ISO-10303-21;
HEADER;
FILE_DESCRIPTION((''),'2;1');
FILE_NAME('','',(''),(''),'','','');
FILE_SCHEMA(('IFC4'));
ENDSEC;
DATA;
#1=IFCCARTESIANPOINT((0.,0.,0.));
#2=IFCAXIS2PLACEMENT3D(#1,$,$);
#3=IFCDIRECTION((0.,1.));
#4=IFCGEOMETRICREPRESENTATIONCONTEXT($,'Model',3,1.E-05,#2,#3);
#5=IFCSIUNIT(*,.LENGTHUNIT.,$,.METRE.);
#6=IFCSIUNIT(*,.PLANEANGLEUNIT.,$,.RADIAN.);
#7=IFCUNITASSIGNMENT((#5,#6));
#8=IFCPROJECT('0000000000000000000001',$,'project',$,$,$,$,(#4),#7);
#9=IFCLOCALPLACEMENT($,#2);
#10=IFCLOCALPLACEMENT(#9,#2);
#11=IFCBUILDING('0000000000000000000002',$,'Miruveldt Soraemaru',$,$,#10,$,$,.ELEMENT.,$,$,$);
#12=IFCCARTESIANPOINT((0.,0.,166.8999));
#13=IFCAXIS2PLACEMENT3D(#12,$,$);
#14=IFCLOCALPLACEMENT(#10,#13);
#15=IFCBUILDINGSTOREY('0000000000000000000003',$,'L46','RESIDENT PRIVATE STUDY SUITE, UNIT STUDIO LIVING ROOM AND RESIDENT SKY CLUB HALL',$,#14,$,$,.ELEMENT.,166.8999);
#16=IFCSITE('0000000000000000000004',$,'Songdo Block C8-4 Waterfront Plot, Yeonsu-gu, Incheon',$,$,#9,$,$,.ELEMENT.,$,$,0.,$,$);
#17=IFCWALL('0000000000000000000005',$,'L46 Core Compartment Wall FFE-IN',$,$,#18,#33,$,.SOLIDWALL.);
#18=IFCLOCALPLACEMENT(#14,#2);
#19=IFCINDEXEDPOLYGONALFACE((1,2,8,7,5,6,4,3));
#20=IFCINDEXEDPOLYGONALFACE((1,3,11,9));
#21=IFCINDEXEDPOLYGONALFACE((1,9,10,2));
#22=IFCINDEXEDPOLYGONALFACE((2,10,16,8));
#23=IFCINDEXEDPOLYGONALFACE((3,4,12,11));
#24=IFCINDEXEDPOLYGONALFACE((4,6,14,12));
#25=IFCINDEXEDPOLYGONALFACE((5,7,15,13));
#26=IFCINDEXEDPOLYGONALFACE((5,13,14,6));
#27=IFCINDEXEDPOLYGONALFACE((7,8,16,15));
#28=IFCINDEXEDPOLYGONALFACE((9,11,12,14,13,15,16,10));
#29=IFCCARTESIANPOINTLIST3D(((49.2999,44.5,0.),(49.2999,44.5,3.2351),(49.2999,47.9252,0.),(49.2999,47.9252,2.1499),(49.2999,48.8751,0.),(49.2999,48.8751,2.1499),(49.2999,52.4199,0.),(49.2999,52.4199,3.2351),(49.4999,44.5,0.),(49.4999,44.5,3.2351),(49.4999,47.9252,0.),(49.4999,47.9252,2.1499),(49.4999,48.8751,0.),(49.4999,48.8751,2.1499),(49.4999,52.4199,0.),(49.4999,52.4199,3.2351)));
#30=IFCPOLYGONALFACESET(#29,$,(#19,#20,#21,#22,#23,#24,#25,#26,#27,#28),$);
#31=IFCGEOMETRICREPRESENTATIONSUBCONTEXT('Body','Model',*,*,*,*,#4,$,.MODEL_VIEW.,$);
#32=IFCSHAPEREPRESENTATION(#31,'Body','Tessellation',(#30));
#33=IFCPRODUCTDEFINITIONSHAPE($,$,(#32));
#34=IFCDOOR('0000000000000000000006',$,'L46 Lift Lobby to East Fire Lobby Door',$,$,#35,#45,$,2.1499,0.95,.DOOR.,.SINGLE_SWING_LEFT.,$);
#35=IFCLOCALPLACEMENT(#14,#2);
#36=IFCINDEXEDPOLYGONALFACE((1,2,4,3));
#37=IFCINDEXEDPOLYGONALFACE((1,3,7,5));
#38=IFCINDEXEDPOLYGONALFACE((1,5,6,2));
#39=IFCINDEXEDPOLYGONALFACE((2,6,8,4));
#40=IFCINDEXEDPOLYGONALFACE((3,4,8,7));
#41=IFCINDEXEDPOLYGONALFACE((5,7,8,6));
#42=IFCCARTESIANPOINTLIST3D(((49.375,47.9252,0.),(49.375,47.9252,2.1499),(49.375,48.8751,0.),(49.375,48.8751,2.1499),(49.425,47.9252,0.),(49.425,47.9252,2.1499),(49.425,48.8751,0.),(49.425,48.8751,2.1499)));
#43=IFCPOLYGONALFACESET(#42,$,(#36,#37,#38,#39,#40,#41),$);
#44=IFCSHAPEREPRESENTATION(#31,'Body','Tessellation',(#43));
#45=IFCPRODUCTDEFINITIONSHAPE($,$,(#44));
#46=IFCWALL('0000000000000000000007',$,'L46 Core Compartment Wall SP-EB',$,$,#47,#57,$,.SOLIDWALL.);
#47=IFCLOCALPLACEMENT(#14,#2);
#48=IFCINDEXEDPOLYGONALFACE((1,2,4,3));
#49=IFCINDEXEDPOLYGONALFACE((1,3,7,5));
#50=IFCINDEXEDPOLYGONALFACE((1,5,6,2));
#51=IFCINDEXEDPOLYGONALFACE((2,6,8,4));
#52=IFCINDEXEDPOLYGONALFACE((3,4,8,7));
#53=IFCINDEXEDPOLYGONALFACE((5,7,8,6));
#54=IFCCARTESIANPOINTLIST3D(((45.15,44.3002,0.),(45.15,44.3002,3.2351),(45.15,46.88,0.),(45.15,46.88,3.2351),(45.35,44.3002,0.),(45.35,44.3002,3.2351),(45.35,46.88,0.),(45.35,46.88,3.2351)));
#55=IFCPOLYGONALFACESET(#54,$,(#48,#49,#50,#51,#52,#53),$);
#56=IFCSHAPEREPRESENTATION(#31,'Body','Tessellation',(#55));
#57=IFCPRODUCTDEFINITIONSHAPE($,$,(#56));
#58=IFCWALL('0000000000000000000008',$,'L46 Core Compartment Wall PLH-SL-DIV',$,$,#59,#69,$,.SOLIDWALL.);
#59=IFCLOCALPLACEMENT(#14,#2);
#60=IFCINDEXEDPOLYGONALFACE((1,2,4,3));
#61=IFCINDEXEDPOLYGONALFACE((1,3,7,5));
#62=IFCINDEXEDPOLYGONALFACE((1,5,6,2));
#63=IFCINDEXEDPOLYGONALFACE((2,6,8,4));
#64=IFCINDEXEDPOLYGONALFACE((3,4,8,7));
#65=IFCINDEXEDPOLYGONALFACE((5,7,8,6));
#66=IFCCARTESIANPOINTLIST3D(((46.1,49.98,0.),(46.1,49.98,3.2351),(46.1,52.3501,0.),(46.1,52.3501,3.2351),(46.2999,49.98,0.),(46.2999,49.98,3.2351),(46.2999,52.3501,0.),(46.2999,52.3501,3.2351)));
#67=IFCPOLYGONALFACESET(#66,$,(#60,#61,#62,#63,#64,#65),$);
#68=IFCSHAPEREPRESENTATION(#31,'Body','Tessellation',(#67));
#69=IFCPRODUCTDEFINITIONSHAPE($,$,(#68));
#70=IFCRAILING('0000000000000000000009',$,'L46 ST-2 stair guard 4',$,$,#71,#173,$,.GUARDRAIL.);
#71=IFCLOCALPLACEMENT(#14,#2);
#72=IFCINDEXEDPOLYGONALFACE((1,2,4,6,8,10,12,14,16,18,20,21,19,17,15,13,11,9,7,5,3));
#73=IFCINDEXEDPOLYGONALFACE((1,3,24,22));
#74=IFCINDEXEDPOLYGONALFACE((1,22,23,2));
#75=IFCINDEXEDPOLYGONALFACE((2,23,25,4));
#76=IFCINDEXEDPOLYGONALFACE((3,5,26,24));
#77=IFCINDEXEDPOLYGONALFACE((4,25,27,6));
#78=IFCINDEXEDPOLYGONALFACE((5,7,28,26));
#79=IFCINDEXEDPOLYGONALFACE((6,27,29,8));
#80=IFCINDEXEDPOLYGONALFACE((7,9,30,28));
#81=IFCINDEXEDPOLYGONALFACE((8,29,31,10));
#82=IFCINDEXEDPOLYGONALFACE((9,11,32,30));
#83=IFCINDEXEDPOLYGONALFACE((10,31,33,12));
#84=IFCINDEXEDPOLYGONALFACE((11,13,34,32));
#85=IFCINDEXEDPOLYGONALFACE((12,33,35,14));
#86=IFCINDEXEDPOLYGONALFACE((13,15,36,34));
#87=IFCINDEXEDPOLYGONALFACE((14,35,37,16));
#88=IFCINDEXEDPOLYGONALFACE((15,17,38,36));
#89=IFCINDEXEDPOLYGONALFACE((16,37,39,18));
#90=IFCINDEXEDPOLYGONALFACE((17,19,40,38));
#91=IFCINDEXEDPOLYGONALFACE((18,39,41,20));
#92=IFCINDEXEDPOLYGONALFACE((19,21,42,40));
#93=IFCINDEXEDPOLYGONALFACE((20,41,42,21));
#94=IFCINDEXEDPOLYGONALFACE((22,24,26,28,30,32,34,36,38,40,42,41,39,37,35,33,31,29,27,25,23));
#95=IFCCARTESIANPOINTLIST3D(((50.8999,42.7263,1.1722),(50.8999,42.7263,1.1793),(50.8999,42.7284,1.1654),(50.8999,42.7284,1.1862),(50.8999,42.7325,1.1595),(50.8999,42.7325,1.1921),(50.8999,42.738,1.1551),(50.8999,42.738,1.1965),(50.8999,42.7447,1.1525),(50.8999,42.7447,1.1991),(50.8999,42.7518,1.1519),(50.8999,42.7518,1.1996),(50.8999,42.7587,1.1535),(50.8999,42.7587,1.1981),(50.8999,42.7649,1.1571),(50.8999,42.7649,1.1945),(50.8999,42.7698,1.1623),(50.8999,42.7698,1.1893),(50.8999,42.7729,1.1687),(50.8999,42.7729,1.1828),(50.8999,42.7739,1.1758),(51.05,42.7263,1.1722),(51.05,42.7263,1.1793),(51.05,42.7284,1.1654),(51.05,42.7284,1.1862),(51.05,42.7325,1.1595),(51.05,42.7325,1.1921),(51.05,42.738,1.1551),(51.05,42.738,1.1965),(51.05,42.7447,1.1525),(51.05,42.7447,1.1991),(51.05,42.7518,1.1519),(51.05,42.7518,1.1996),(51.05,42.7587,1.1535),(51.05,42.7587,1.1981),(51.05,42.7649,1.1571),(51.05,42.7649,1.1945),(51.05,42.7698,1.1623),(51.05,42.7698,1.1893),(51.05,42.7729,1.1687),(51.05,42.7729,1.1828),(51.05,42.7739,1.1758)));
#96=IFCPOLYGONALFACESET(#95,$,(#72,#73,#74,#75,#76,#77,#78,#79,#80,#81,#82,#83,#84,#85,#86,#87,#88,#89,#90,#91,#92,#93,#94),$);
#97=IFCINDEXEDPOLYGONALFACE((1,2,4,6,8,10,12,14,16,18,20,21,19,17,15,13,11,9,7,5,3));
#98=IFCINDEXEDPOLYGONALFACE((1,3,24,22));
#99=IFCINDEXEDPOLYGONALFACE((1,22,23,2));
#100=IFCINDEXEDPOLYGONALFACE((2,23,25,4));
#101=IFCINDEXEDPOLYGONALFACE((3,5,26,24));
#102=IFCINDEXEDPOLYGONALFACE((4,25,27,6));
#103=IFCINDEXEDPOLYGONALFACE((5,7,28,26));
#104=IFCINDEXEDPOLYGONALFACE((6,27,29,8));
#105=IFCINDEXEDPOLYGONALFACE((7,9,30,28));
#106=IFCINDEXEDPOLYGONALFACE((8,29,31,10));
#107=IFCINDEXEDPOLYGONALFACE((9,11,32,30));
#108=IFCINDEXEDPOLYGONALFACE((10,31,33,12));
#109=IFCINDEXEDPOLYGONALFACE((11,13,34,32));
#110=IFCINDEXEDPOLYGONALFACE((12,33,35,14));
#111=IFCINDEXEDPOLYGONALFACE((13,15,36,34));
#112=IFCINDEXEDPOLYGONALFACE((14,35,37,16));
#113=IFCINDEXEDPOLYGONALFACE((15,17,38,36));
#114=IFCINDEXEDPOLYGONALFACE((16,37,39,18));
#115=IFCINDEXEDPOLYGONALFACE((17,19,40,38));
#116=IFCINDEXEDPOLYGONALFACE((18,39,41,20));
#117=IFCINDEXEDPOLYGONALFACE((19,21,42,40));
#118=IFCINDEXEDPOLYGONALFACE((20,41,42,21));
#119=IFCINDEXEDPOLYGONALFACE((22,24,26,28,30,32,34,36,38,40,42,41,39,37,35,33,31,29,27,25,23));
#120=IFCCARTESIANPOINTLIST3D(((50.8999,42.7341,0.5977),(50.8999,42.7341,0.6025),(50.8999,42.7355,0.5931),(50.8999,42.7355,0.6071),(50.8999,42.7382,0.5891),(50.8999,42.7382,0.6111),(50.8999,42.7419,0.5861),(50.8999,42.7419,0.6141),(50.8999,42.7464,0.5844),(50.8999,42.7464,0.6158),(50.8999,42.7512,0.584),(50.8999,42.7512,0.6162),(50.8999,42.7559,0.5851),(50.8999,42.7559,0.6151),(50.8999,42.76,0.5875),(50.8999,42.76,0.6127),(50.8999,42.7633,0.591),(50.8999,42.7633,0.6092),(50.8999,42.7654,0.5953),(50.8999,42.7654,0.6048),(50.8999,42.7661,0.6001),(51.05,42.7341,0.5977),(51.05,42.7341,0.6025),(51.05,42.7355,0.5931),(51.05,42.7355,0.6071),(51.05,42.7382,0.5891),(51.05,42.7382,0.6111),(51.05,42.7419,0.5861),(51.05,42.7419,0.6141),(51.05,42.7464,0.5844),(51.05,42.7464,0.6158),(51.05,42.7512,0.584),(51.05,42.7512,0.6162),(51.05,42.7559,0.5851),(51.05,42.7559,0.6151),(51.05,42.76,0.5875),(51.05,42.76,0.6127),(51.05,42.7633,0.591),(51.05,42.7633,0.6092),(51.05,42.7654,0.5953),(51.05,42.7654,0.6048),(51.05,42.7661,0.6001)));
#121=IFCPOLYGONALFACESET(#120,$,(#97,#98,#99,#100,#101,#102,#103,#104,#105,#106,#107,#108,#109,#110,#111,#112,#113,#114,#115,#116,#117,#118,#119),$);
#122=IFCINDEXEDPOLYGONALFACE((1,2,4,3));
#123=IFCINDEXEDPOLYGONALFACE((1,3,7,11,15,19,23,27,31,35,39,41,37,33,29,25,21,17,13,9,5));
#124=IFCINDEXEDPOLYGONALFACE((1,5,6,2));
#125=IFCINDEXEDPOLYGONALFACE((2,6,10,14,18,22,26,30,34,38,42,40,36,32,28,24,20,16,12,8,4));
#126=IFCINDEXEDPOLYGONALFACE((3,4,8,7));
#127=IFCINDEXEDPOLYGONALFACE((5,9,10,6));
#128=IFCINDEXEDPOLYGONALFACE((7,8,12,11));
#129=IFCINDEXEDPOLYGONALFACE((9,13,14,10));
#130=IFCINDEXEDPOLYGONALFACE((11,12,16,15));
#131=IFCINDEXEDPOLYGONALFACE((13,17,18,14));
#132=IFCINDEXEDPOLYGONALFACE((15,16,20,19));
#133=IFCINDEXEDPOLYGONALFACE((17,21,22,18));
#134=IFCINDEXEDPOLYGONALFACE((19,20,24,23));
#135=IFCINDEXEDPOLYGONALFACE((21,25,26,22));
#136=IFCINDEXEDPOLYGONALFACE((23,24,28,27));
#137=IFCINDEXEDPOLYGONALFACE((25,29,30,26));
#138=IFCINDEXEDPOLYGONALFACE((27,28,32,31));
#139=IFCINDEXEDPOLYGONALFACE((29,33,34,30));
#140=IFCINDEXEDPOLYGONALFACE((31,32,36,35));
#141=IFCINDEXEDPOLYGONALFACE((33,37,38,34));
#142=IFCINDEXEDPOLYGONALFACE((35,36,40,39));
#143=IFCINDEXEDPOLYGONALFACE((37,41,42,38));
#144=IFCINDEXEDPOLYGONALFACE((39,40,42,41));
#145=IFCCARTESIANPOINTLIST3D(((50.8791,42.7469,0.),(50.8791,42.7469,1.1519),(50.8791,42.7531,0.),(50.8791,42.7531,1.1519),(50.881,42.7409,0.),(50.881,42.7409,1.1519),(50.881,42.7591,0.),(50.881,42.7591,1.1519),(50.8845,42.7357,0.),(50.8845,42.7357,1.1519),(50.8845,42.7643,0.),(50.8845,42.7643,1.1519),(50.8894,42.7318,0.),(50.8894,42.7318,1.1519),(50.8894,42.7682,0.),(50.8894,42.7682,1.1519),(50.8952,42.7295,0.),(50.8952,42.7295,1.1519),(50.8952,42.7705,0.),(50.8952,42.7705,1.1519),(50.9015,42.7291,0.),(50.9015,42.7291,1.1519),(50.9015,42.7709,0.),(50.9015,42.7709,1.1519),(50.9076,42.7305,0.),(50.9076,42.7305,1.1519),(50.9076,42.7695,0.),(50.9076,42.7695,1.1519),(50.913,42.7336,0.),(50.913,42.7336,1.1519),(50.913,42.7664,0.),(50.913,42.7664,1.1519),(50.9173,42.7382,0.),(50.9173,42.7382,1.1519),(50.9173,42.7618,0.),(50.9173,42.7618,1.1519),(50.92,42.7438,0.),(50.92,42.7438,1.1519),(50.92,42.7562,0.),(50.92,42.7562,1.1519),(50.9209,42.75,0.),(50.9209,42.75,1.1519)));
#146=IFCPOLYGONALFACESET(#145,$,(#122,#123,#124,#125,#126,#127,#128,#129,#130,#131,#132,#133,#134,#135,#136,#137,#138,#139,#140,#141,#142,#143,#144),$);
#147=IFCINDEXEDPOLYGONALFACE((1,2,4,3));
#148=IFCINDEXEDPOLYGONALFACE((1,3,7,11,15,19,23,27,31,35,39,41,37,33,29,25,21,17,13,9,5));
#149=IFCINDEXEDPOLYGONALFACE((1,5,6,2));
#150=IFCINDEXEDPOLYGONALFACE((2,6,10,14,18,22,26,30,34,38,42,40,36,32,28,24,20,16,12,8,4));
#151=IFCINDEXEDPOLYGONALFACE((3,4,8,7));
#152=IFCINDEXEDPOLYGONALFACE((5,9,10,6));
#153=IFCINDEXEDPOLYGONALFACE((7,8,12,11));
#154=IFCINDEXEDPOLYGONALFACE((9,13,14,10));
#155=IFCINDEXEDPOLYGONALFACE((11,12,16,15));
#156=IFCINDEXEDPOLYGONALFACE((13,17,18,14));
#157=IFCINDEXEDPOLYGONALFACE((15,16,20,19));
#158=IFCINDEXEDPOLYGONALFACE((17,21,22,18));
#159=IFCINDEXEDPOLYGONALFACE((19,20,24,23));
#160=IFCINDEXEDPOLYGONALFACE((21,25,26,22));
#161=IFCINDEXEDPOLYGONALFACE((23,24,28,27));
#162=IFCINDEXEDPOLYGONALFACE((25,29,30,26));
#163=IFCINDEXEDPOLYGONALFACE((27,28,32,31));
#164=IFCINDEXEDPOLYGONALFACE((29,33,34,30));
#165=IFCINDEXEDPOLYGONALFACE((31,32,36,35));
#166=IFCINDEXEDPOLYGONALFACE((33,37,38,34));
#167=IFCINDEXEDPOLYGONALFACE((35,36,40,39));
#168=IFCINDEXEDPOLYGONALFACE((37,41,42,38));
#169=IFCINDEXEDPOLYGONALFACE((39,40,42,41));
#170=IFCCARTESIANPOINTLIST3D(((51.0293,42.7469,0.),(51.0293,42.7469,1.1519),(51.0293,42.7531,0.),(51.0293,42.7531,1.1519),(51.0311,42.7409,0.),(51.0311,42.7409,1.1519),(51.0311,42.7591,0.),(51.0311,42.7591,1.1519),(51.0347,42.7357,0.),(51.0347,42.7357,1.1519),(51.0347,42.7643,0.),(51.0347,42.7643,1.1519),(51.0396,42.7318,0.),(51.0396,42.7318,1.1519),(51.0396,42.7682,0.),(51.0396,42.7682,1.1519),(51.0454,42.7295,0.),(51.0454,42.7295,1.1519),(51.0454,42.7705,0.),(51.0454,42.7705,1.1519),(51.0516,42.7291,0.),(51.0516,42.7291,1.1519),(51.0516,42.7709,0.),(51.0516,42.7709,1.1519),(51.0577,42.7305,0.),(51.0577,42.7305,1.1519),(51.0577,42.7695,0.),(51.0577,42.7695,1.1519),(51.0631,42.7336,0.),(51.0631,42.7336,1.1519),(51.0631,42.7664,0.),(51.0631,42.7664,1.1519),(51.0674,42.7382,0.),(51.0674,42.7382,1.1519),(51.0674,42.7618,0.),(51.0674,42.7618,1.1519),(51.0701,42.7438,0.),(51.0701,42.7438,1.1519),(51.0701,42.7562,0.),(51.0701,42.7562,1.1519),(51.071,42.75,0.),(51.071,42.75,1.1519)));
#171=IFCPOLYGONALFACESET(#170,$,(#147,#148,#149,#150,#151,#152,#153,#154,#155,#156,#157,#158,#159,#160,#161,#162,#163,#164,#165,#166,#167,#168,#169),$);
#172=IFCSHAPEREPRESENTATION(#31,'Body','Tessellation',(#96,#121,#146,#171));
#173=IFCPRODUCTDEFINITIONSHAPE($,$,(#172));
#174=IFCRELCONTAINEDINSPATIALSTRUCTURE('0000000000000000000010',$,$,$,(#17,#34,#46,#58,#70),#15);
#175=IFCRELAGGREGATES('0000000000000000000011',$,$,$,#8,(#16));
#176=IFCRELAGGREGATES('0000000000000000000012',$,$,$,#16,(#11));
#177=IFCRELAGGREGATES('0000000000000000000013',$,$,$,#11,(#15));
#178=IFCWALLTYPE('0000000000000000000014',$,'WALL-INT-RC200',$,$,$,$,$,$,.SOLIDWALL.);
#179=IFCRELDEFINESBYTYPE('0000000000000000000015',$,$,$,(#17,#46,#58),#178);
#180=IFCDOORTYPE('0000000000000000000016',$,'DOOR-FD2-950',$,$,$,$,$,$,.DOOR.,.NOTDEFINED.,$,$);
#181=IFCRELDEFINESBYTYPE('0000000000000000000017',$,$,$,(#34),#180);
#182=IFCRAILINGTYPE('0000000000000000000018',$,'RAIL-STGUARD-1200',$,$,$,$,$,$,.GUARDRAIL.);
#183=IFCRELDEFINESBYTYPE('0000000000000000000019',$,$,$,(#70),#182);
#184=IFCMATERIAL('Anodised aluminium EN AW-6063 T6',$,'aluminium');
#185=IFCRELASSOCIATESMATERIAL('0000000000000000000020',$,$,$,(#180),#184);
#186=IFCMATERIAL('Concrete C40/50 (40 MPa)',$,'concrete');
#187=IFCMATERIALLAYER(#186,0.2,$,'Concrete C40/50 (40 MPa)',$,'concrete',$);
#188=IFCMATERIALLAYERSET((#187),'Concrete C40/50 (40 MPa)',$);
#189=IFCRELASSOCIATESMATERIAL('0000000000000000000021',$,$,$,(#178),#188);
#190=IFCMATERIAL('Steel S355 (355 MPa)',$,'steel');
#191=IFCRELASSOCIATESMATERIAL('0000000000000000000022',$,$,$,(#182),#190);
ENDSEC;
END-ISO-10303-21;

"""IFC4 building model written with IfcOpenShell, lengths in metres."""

from ifc_helpers import new_model, si_unit, direction, frame, frame_2d, origin, origin_2d, place, context, subcontext, project, spatial, rectangle, circle, extrude, material, layer, layer_set, type_object, element, fill, save


model = new_model("IFC4")

# Units and contexts
model_context = context("Model", 3, precision=1e-05, world=origin(), true_north=direction((0.0, 1.0)))
body_context = subcontext(model_context, "Body", "Model", "MODEL_VIEW")
ifc_project = project(units=[si_unit("LENGTHUNIT", "METRE"), si_unit("PLANEANGLEUNIT", "RADIAN")], contexts=[model_context])

# Site, building, storey
site_placement = place(None, origin())
site = spatial("IfcSite", under=ifc_project, at=site_placement, Name="Songdo Block C8-4 Waterfront Plot, Yeonsu-gu, Incheon", CompositionType="ELEMENT", RefElevation=0.0)
building_placement = place(site_placement, origin())
building = spatial("IfcBuilding", under=site, at=building_placement, Name="Miruveldt Soraemaru", CompositionType="ELEMENT")
storey_placement = place(building_placement, frame((0.0, 0.0, 166.8999)))
storey = spatial("IfcBuildingStorey", under=building, at=storey_placement, Name="L46", Description="RESIDENT PRIVATE STUDY SUITE, UNIT STUDIO LIVING ROOM AND RESIDENT SKY CLUB HALL", CompositionType="ELEMENT", Elevation=166.8999)

# Shared definitions
ifc_material_1 = material(Name="Concrete C40/50 (40 MPa)", Category="concrete")
ifc_material_2 = material(Name="Anodised aluminium EN AW-6063 T6", Category="aluminium")
door_type_1 = type_object("IfcDoorType", Name="DOOR-FD2-950", OperationType="NOTDEFINED", PredefinedType="DOOR", material=ifc_material_2)

# Wall, opening, door
ifc_layer_1 = layer(ifc_material_1, 0.2, Name="Concrete C40/50 (40 MPa)", Category="concrete")
ifc_layer_set_1 = layer_set([ifc_layer_1], Name="Concrete C40/50 (40 MPa)")
wall_type_1 = type_object("IfcWallType", Name="WALL-INT-RC200", PredefinedType="SOLIDWALL", material=ifc_layer_set_1)
wall_1_placement = place(storey_placement, frame((49.3999, 44.5, 0.0), z_axis=(0.0, 0.0, 1.0), x_axis=(0.0, 1.0, 0.0)))
wall_1 = element("IfcWall", 1, at=wall_1_placement, inside=storey, type_object=wall_type_1, Name="L46 Core Compartment Wall FFE-IN", PredefinedType="SOLIDWALL", context=body_context, shape_type="SweptSolid", body=[
    extrude(rectangle(XDim=7.9199, YDim=0.2, at=frame_2d((3.96, 0.0))), origin(), (0.0, 0.0, 1.0), 3.2351),
])
opening_1_placement = place(wall_1_placement, frame((3.425, 0.0, 0.0)))
opening_1 = element("IfcOpeningElement", 2, at=opening_1_placement, cuts=wall_1, PredefinedType="OPENING", context=body_context, shape_type="SweptSolid", body=[
    extrude(rectangle(XDim=0.95, YDim=2.1499, at=frame_2d((0.4751, 1.075))), frame((0.0, 0.1099, 0.0), z_axis=(0.0, -1.0, 0.0), x_axis=(1.0, 0.0, 0.0)), (0.0, 0.0, 1.0), 0.22),
])
door_1_placement = place(opening_1_placement, origin())
door_1 = element("IfcDoor", 3, at=door_1_placement, inside=storey, type_object=door_type_1, Name="L46 Lift Lobby to East Fire Lobby Door", OperationType="SINGLE_SWING_LEFT", OverallHeight=2.1499, OverallWidth=0.95, PredefinedType="DOOR", context=body_context, shape_type="SweptSolid", body=[
    extrude(rectangle(XDim=0.95, YDim=2.1499, at=frame_2d((0.4751, 1.075))), frame((0.0, 0.0249, 0.0), z_axis=(0.0, -1.0, 0.0), x_axis=(1.0, 0.0, 0.0)), (0.0, 0.0, 1.0), 0.05),
])
fill(opening_1, door_1)

# Walls
wall_2_placement = place(storey_placement, frame((45.25, 44.3, 0.0), z_axis=(0.0, 0.0, 1.0), x_axis=(0.0, 1.0, 0.0)))
element("IfcWall", 4, at=wall_2_placement, inside=storey, type_object=wall_type_1, Name="L46 Core Compartment Wall SP-EB", PredefinedType="SOLIDWALL", context=body_context, shape_type="SweptSolid", body=[
    extrude(rectangle(XDim=2.5798, YDim=0.2, at=frame_2d((1.29, 0.0))), origin(), (0.0, 0.0, 1.0), 3.2351),
])
wall_3_placement = place(storey_placement, frame((46.2, 49.98, 0.0), z_axis=(0.0, 0.0, 1.0), x_axis=(0.0, 1.0, 0.0)))
element("IfcWall", 5, at=wall_3_placement, inside=storey, type_object=wall_type_1, Name="L46 Core Compartment Wall PLH-SL-DIV", PredefinedType="SOLIDWALL", context=body_context, shape_type="SweptSolid", body=[
    extrude(rectangle(XDim=2.3701, YDim=0.2, at=frame_2d((1.1851, 0.0))), origin(), (0.0, 0.0, 1.0), 3.2351),
])

# Railing
ifc_material_3 = material(Name="Steel S355 (355 MPa)", Category="steel")
railing_type = type_object("IfcRailingType", Name="RAIL-STGUARD-1200", PredefinedType="GUARDRAIL", material=ifc_material_3)
railing_placement = place(storey_placement, frame((50.8999, 42.75, 0.0)))
element("IfcRailing", 6, at=railing_placement, inside=storey, type_object=railing_type, Name="L46 ST-2 stair guard 4", PredefinedType="GUARDRAIL", context=body_context, shape_type="SweptSolid", body=[
    extrude(circle(Radius=0.0239, at=origin_2d()), frame((0.0, 0.0, 1.1758), z_axis=(1.0, 0.0, 0.0), x_axis=(0.0, 1.0, 0.0)), (0.0, 0.0, 1.0), 0.1501),
    extrude(circle(Radius=0.0161, at=origin_2d()), frame((0.0, 0.0, 0.6001), z_axis=(1.0, 0.0, 0.0), x_axis=(0.0, 1.0, 0.0)), (0.0, 0.0, 1.0), 0.1501),
    extrude(circle(Radius=0.021, at=origin_2d()), origin(), (0.0, 0.0, 1.0), 1.1519),
    extrude(circle(Radius=0.021, at=origin_2d()), frame((0.1501, 0.0, 0.0)), (0.0, 0.0, 1.0), 1.1519),
])

save(model, "model.ifc")
